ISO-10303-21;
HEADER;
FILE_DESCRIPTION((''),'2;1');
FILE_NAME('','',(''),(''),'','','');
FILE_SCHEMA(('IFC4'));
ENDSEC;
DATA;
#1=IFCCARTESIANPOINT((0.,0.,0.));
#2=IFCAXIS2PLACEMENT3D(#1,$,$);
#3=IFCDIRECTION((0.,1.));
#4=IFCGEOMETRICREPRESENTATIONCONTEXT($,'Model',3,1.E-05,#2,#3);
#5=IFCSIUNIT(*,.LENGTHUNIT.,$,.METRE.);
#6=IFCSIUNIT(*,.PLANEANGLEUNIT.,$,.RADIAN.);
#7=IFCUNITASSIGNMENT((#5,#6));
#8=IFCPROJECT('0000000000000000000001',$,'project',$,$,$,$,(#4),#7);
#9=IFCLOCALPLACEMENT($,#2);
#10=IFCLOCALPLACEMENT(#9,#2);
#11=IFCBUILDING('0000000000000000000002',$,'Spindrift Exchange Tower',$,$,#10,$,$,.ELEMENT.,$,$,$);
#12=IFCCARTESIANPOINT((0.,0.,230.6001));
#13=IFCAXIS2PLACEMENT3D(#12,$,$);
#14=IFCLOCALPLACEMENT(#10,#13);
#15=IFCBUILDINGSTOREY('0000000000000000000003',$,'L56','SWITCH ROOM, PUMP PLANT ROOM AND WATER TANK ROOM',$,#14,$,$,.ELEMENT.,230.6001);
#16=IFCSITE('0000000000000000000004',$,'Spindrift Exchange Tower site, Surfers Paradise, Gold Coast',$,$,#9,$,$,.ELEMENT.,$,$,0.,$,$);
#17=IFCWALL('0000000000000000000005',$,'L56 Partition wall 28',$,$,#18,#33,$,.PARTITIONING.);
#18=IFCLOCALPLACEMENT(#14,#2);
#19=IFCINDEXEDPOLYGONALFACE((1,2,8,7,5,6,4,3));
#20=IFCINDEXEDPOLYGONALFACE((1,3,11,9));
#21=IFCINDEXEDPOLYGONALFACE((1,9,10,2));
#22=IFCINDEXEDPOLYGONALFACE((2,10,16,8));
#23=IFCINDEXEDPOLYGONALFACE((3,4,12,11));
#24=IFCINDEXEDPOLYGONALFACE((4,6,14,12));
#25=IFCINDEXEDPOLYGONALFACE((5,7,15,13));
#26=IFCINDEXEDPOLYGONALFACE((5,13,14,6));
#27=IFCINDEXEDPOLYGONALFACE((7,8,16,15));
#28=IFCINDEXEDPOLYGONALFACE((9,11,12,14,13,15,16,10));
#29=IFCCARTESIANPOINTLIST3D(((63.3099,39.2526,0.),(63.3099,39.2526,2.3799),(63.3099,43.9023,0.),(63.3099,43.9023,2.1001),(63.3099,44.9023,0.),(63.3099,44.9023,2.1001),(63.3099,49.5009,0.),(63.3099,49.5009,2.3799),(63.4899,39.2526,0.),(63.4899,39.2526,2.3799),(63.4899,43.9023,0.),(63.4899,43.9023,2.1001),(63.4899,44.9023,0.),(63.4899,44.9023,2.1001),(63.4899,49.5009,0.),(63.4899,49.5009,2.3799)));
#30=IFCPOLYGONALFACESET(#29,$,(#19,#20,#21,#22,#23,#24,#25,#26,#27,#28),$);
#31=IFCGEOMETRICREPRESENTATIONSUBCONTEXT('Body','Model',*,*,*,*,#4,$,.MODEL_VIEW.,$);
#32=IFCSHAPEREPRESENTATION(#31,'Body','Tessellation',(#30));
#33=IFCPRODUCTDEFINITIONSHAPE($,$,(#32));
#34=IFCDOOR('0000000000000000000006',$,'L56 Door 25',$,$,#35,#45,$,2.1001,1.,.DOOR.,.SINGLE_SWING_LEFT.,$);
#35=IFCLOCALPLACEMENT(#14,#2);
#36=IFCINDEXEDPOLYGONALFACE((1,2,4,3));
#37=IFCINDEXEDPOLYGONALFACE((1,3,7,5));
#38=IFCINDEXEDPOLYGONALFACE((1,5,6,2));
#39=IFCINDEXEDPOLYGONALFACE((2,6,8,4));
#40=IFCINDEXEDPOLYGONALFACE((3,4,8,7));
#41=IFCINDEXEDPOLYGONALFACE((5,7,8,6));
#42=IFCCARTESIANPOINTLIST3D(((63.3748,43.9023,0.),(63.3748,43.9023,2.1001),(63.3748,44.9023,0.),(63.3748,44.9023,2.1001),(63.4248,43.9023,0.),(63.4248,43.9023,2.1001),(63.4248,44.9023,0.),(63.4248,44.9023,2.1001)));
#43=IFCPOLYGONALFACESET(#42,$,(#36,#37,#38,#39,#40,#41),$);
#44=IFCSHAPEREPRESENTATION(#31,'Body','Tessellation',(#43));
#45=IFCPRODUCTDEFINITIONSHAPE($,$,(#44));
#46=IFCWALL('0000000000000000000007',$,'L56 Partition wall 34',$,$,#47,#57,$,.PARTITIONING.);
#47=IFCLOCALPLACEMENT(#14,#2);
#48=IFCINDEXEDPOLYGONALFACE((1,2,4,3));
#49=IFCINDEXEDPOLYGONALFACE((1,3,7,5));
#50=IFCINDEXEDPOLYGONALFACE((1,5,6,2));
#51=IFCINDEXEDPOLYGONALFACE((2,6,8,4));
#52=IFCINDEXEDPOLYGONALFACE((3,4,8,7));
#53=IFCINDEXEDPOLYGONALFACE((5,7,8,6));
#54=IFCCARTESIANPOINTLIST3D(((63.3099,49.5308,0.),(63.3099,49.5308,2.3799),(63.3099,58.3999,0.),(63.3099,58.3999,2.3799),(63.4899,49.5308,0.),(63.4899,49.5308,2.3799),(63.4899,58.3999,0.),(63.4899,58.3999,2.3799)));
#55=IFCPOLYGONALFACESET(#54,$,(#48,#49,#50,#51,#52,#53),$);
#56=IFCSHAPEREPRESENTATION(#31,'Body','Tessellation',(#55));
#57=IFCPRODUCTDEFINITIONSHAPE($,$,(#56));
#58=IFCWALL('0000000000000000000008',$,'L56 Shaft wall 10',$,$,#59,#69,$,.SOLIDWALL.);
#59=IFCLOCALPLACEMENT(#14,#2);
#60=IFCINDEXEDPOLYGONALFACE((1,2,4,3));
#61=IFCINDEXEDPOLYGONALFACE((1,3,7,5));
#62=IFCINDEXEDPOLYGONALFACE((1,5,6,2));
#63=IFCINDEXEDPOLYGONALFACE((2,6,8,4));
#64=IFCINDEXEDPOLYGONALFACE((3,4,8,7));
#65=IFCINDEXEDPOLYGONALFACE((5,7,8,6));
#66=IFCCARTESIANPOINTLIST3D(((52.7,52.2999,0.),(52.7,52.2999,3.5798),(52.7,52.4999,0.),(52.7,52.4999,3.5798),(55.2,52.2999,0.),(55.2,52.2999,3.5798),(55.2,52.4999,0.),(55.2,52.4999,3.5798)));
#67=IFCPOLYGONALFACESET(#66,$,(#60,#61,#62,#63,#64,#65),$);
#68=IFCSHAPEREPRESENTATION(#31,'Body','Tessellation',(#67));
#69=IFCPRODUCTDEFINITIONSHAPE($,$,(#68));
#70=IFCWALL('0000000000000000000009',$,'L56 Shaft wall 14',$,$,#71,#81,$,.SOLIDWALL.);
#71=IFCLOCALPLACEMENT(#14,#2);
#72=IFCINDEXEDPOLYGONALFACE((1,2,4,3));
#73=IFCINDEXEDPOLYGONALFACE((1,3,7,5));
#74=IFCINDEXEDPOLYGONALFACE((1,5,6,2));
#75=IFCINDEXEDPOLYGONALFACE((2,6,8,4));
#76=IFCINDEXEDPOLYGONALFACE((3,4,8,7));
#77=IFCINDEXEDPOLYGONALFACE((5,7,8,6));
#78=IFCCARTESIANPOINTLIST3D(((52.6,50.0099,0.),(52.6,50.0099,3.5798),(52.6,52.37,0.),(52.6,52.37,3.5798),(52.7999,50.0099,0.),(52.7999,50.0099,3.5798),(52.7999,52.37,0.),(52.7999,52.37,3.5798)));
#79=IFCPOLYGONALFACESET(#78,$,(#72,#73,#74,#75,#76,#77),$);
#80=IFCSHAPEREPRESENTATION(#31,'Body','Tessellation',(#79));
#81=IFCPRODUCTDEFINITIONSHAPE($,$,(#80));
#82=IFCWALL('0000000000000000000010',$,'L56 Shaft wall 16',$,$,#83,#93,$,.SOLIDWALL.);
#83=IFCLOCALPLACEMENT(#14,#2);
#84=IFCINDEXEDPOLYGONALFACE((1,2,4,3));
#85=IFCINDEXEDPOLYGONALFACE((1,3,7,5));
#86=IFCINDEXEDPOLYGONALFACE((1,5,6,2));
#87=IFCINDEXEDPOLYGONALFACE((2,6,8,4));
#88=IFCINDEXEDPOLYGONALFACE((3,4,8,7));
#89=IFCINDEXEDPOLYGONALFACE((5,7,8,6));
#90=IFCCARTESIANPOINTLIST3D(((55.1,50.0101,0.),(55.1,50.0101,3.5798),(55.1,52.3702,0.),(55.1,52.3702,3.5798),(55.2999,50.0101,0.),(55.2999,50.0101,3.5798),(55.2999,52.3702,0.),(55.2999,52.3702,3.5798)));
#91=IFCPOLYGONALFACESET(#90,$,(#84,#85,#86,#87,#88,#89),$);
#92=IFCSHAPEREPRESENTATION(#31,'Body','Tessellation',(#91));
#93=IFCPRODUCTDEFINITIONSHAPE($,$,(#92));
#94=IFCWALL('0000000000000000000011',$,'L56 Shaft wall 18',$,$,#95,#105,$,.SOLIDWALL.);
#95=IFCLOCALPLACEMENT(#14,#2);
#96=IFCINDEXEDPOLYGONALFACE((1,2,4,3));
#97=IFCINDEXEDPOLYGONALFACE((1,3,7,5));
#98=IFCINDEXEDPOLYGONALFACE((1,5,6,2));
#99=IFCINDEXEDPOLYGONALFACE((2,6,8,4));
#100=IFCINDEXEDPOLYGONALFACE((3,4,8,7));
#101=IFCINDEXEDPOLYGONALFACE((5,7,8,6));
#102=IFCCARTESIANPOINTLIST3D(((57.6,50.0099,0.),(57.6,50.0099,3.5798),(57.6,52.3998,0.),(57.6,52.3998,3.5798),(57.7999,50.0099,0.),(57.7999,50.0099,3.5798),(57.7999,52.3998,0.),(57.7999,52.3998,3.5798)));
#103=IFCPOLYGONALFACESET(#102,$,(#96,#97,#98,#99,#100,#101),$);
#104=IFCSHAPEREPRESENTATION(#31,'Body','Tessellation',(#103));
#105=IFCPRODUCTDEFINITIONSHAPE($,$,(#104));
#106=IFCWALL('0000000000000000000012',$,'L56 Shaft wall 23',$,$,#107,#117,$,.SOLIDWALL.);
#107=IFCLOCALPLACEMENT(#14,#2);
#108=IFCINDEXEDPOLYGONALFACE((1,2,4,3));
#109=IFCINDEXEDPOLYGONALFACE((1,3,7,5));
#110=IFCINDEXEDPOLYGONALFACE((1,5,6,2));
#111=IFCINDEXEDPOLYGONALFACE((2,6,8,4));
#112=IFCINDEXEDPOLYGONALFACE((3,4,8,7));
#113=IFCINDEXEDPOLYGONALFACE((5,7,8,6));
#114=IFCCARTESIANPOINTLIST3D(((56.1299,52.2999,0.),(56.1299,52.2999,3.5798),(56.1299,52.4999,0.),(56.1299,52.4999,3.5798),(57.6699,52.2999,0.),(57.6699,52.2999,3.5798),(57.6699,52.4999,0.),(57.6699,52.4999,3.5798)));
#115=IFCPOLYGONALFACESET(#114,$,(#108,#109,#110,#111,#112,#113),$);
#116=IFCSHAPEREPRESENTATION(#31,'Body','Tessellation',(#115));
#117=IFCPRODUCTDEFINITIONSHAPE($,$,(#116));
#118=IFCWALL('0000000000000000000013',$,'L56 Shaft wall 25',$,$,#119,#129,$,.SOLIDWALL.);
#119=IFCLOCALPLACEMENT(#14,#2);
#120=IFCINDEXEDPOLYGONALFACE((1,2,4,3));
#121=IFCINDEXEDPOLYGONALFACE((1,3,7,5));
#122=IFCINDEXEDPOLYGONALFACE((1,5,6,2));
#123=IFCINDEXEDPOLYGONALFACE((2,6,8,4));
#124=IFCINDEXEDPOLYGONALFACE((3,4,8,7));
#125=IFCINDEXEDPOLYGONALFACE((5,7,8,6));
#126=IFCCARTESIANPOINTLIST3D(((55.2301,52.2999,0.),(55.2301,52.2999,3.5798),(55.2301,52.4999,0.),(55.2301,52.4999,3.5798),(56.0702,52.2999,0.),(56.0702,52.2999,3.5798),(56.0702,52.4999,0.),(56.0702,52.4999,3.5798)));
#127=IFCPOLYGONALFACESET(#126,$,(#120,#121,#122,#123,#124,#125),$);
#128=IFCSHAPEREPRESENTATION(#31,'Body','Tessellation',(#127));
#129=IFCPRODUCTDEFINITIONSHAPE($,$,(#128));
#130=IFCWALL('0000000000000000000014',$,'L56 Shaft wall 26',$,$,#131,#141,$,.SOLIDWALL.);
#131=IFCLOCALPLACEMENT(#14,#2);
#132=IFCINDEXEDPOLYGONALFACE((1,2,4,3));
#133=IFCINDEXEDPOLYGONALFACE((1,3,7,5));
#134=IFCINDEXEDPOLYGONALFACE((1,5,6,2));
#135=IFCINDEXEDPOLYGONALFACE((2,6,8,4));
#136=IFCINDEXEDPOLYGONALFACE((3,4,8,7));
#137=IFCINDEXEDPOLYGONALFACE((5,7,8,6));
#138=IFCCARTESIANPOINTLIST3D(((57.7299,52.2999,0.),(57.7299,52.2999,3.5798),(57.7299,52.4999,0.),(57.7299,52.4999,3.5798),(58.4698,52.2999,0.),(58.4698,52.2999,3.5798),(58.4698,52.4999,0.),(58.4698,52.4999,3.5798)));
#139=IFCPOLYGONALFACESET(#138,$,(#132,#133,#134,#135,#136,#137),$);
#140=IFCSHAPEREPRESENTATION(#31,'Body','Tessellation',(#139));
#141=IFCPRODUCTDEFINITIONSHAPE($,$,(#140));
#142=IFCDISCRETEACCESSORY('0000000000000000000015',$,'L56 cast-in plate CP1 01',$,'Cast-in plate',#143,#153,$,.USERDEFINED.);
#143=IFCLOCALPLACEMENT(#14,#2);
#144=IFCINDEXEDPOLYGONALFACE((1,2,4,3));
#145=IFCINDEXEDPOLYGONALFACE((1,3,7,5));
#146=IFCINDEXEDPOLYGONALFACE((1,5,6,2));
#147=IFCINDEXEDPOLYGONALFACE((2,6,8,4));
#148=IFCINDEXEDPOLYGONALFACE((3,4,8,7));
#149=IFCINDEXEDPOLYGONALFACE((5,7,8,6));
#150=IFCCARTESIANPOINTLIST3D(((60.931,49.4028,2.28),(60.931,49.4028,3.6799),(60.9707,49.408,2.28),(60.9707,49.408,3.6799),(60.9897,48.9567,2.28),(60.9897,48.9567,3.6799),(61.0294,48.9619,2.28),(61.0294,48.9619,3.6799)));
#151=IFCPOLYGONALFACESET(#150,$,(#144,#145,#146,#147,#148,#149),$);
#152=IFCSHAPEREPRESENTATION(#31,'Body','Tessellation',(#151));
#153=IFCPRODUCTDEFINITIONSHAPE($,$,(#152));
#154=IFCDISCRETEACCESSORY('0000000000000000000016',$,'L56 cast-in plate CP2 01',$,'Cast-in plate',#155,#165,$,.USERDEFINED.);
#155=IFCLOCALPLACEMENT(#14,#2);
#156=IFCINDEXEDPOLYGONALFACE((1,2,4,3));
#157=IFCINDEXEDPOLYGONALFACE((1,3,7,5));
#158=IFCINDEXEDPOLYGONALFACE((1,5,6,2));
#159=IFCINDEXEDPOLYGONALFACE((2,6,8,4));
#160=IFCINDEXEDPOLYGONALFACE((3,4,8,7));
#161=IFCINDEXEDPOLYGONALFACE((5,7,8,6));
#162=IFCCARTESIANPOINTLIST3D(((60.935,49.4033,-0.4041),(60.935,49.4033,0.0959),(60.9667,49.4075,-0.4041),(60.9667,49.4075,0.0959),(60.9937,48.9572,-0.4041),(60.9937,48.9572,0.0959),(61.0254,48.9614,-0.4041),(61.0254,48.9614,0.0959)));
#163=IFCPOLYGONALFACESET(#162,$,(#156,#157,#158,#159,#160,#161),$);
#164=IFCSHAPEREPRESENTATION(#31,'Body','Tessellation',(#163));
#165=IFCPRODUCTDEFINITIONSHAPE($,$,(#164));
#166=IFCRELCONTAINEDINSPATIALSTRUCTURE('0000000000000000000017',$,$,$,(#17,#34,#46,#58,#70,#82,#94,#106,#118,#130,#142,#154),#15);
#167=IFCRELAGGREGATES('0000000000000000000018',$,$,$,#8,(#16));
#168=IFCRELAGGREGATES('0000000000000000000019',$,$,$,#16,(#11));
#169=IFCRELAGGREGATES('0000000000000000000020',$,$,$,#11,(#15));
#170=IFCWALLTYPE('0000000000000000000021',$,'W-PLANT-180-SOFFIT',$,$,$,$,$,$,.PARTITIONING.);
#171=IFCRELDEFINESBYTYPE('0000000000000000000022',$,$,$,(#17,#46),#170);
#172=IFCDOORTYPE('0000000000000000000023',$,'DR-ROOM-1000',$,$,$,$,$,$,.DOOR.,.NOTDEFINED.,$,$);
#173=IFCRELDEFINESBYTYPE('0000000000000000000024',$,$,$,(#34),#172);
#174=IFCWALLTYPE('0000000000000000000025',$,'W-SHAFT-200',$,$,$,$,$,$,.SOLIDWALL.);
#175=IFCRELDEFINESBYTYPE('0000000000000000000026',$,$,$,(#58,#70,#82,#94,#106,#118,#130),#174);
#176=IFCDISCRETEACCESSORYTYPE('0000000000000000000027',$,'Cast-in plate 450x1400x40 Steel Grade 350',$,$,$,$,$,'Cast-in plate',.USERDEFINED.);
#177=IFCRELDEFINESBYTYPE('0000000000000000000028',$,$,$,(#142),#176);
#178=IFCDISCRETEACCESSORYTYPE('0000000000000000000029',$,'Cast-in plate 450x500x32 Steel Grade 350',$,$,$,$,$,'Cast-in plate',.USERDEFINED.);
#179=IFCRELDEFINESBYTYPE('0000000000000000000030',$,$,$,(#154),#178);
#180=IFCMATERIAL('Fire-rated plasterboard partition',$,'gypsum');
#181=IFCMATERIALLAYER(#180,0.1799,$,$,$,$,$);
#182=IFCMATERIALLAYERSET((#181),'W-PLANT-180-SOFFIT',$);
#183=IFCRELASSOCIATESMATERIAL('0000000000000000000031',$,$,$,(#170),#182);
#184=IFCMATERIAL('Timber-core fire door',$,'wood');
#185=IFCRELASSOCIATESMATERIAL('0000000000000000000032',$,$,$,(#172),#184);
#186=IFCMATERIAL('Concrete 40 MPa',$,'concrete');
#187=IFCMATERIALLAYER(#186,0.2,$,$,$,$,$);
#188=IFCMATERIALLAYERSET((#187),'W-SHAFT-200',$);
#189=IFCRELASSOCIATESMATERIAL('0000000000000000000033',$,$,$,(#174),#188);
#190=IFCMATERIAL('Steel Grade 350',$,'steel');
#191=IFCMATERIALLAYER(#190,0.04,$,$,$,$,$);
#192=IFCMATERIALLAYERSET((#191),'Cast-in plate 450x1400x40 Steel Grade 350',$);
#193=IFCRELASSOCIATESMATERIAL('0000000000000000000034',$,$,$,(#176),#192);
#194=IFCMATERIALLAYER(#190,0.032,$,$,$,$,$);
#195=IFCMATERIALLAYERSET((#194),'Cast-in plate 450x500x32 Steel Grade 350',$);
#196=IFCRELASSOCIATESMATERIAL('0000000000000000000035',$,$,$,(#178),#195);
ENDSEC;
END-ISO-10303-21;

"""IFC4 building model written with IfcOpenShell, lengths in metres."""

from ifc_helpers import new_model, si_unit, direction, frame, frame_2d, origin, origin_2d, place, context, subcontext, project, spatial, rectangle, extrude, source, transform, mapped, material, layer, layer_set, type_object, element, fill, save


model = new_model("IFC4")

# Units and contexts
model_context = context("Model", 3, precision=1e-05, world=origin(), true_north=direction((0.0, 1.0)))
body_context = subcontext(model_context, "Body", "Model", "MODEL_VIEW")
ifc_project = project(units=[si_unit("LENGTHUNIT", "METRE"), si_unit("PLANEANGLEUNIT", "RADIAN")], contexts=[model_context])

# Site, building, storey
site_placement = place(None, origin())
site = spatial("IfcSite", under=ifc_project, at=site_placement, Name="Spindrift Exchange Tower site, Surfers Paradise, Gold Coast", CompositionType="ELEMENT", RefElevation=0.0)
building_placement = place(site_placement, origin())
building = spatial("IfcBuilding", under=site, at=building_placement, Name="Spindrift Exchange Tower", CompositionType="ELEMENT")
storey_placement = place(building_placement, frame((0.0, 0.0, 230.6001)))
storey = spatial("IfcBuildingStorey", under=building, at=storey_placement, Name="L56", Description="SWITCH ROOM, PUMP PLANT ROOM AND WATER TANK ROOM", CompositionType="ELEMENT", Elevation=230.6001)

# Shared definitions
ifc_material_1 = material(Name="Fire-rated plasterboard partition", Category="gypsum")

# Wall, opening, door
ifc_layer_1 = layer(ifc_material_1, 0.1799)
ifc_layer_set_1 = layer_set([ifc_layer_1], Name="W-PLANT-180-SOFFIT")
wall_type_1 = type_object("IfcWallType", Name="W-PLANT-180-SOFFIT", PredefinedType="PARTITIONING", material=ifc_layer_set_1)
wall_1_placement = place(storey_placement, frame((63.3999, 49.5007, 0.0), z_axis=(0.0, 0.0, 1.0), x_axis=(0.0, -1.0, 0.0)))
wall_1 = element("IfcWall", 1, at=wall_1_placement, inside=storey, type_object=wall_type_1, Name="L56 Partition wall 28", PredefinedType="PARTITIONING", context=body_context, shape_type="SweptSolid", body=[
    extrude(rectangle(XDim=10.2483, YDim=0.1799, at=frame_2d((5.124, 0.0))), origin(), (0.0, 0.0, 1.0), 2.3799),
])
opening_1_placement = place(wall_1_placement, frame((4.5984, 0.0, 0.0)))
opening_1 = element("IfcOpeningElement", 2, at=opening_1_placement, cuts=wall_1, PredefinedType="OPENING", context=body_context, shape_type="SweptSolid", body=[
    extrude(rectangle(XDim=1.0, YDim=2.1001, at=frame_2d((0.5, 1.05))), frame((0.0, 0.0999, 0.0), z_axis=(0.0, -1.0, 0.0), x_axis=(1.0, 0.0, 0.0)), (0.0, 0.0, 1.0), 0.2),
])
ifc_material_2 = material(Name="Timber-core fire door", Category="wood")
door_type_1 = type_object("IfcDoorType", Name="DR-ROOM-1000", OperationType="NOTDEFINED", PredefinedType="DOOR", material=ifc_material_2)
shared_shape_1 = source(origin(), body_context, "Body", "SweptSolid", [
    extrude(rectangle(XDim=1.0, YDim=2.1001, at=frame_2d((0.5, 1.05))), frame((0.0, 0.0249, 0.0), z_axis=(0.0, -1.0, 0.0), x_axis=(1.0, 0.0, 0.0)), (0.0, 0.0, 1.0), 0.05),
])
door_1_placement = place(opening_1_placement, origin())
door_1 = element("IfcDoor", 3, at=door_1_placement, inside=storey, type_object=door_type_1, Name="L56 Door 25", OperationType="SINGLE_SWING_LEFT", OverallHeight=2.1001, OverallWidth=1.0, PredefinedType="DOOR", context=body_context, shape_type="MappedRepresentation", body=[
    mapped(shared_shape_1, transform((0.0, 0.0, 0.0), scale=1.0)),
])
fill(opening_1, door_1)

# Walls
wall_2_placement = place(storey_placement, frame((63.3999, 49.5308, 0.0), z_axis=(0.0, 0.0, 1.0), x_axis=(0.0, 1.0, 0.0)))
element("IfcWall", 4, at=wall_2_placement, inside=storey, type_object=wall_type_1, Name="L56 Partition wall 34", PredefinedType="PARTITIONING", context=body_context, shape_type="SweptSolid", body=[
    extrude(rectangle(XDim=8.8691, YDim=0.1799, at=frame_2d((4.4346, 0.0))), origin(), (0.0, 0.0, 1.0), 2.3799),
])
ifc_material_3 = material(Name="Concrete 40 MPa", Category="concrete")
ifc_layer_2 = layer(ifc_material_3, 0.2)
ifc_layer_set_2 = layer_set([ifc_layer_2], Name="W-SHAFT-200")
wall_type_2 = type_object("IfcWallType", Name="W-SHAFT-200", PredefinedType="SOLIDWALL", material=ifc_layer_set_2)
wall_3_placement = place(storey_placement, frame((55.2, 52.3999, 0.0), z_axis=(0.0, 0.0, 1.0), x_axis=(-1.0, 0.0, 0.0)))
element("IfcWall", 5, at=wall_3_placement, inside=storey, type_object=wall_type_2, Name="L56 Shaft wall 10", PredefinedType="SOLIDWALL", context=body_context, shape_type="SweptSolid", body=[
    extrude(rectangle(XDim=2.5, YDim=0.2, at=frame_2d((1.25, 0.0))), origin(), (0.0, 0.0, 1.0), 3.5798),
])
for number, where, z_axis, x_axis, name in (
    (6, (52.7, 52.3701, 0.0), (0.0, 0.0, 1.0), (0.0, -1.0, 0.0), "L56 Shaft wall 14"),
    (7, (55.2, 50.01, 0.0), (0.0, 0.0, 1.0), (0.0, 1.0, 0.0), "L56 Shaft wall 16"),
):
    element("IfcWall", number, at=place(storey_placement, frame(where, z_axis=z_axis, x_axis=x_axis)), inside=storey, type_object=wall_type_2, Name=name, PredefinedType="SOLIDWALL", context=body_context, shape_type="SweptSolid", body=[
        extrude(rectangle(XDim=2.3601, YDim=0.2, at=frame_2d((1.1802, 0.0))), origin(), (0.0, 0.0, 1.0), 3.5798),
    ])
wall_4_placement = place(storey_placement, frame((57.7, 50.01, 0.0), z_axis=(0.0, 0.0, 1.0), x_axis=(0.0, 1.0, 0.0)))
element("IfcWall", 8, at=wall_4_placement, inside=storey, type_object=wall_type_2, Name="L56 Shaft wall 18", PredefinedType="SOLIDWALL", context=body_context, shape_type="SweptSolid", body=[
    extrude(rectangle(XDim=2.3899, YDim=0.2, at=frame_2d((1.1948, 0.0))), origin(), (0.0, 0.0, 1.0), 3.5798),
])
wall_5_placement = place(storey_placement, frame((57.6699, 52.3999, 0.0), z_axis=(0.0, 0.0, 1.0), x_axis=(-1.0, 0.0, 0.0)))
element("IfcWall", 9, at=wall_5_placement, inside=storey, type_object=wall_type_2, Name="L56 Shaft wall 23", PredefinedType="SOLIDWALL", context=body_context, shape_type="SweptSolid", body=[
    extrude(rectangle(XDim=1.54, YDim=0.2, at=frame_2d((0.77, 0.0))), origin(), (0.0, 0.0, 1.0), 3.5798),
])
wall_6_placement = place(storey_placement, frame((56.0701, 52.3999, 0.0), z_axis=(0.0, 0.0, 1.0), x_axis=(-1.0, 0.0, 0.0)))
element("IfcWall", 10, at=wall_6_placement, inside=storey, type_object=wall_type_2, Name="L56 Shaft wall 25", PredefinedType="SOLIDWALL", context=body_context, shape_type="SweptSolid", body=[
    extrude(rectangle(XDim=0.8401, YDim=0.2, at=frame_2d((0.4199, 0.0))), origin(), (0.0, 0.0, 1.0), 3.5798),
])
wall_7_placement = place(storey_placement, frame((58.47, 52.3999, 0.0), z_axis=(0.0, 0.0, 1.0), x_axis=(-1.0, 0.0, 0.0)))
element("IfcWall", 11, at=wall_7_placement, inside=storey, type_object=wall_type_2, Name="L56 Shaft wall 26", PredefinedType="SOLIDWALL", context=body_context, shape_type="SweptSolid", body=[
    extrude(rectangle(XDim=0.74, YDim=0.2, at=frame_2d((0.3701, 0.0))), origin(), (0.0, 0.0, 1.0), 3.5798),
])

# Discrete accessories
ifc_material_4 = material(Name="Steel Grade 350", Category="steel")
ifc_layer_3 = layer(ifc_material_4, 0.04)
ifc_layer_set_3 = layer_set([ifc_layer_3], Name="Cast-in plate 450x1400x40 Steel Grade 350")
discrete_accessory_type_1 = type_object("IfcDiscreteAccessoryType", Name="Cast-in plate 450x1400x40 Steel Grade 350", ElementType="Cast-in plate", PredefinedType="USERDEFINED", material=ifc_layer_set_3)
shared_shape_2 = source(origin(), body_context, "Body", "SweptSolid", [
    extrude(rectangle(XDim=0.04, YDim=0.45, at=origin_2d()), origin(), (0.0, 0.0, 1.0), 1.3999),
])
discrete_accessory_1_placement = place(storey_placement, frame((60.9802, 49.1824, 2.28), z_axis=(0.0, 0.0, 1.0), x_axis=(0.991445, 0.130526, 0.0)))
element("IfcDiscreteAccessory", 12, at=discrete_accessory_1_placement, inside=storey, type_object=discrete_accessory_type_1, Name="L56 cast-in plate CP1 01", ObjectType="Cast-in plate", PredefinedType="USERDEFINED", context=body_context, shape_type="MappedRepresentation", body=[
    mapped(shared_shape_2, transform((0.0, 0.0, 0.0), scale=1.0)),
])
ifc_layer_4 = layer(ifc_material_4, 0.032)
ifc_layer_set_4 = layer_set([ifc_layer_4], Name="Cast-in plate 450x500x32 Steel Grade 350")
discrete_accessory_type_2 = type_object("IfcDiscreteAccessoryType", Name="Cast-in plate 450x500x32 Steel Grade 350", ElementType="Cast-in plate", PredefinedType="USERDEFINED", material=ifc_layer_set_4)
shared_shape_3 = source(origin(), body_context, "Body", "SweptSolid", [
    extrude(rectangle(XDim=0.032, YDim=0.45, at=origin_2d()), origin(), (0.0, 0.0, 1.0), 0.5),
])
discrete_accessory_2_placement = place(storey_placement, frame((60.9802, 49.1824, -0.4041), z_axis=(0.0, 0.0, 1.0), x_axis=(0.991445, 0.130526, 0.0)))
element("IfcDiscreteAccessory", 13, at=discrete_accessory_2_placement, inside=storey, type_object=discrete_accessory_type_2, Name="L56 cast-in plate CP2 01", ObjectType="Cast-in plate", PredefinedType="USERDEFINED", context=body_context, shape_type="MappedRepresentation", body=[
    mapped(shared_shape_3, transform((0.0, 0.0, 0.0), scale=1.0)),
])

save(model, "model.ifc")
